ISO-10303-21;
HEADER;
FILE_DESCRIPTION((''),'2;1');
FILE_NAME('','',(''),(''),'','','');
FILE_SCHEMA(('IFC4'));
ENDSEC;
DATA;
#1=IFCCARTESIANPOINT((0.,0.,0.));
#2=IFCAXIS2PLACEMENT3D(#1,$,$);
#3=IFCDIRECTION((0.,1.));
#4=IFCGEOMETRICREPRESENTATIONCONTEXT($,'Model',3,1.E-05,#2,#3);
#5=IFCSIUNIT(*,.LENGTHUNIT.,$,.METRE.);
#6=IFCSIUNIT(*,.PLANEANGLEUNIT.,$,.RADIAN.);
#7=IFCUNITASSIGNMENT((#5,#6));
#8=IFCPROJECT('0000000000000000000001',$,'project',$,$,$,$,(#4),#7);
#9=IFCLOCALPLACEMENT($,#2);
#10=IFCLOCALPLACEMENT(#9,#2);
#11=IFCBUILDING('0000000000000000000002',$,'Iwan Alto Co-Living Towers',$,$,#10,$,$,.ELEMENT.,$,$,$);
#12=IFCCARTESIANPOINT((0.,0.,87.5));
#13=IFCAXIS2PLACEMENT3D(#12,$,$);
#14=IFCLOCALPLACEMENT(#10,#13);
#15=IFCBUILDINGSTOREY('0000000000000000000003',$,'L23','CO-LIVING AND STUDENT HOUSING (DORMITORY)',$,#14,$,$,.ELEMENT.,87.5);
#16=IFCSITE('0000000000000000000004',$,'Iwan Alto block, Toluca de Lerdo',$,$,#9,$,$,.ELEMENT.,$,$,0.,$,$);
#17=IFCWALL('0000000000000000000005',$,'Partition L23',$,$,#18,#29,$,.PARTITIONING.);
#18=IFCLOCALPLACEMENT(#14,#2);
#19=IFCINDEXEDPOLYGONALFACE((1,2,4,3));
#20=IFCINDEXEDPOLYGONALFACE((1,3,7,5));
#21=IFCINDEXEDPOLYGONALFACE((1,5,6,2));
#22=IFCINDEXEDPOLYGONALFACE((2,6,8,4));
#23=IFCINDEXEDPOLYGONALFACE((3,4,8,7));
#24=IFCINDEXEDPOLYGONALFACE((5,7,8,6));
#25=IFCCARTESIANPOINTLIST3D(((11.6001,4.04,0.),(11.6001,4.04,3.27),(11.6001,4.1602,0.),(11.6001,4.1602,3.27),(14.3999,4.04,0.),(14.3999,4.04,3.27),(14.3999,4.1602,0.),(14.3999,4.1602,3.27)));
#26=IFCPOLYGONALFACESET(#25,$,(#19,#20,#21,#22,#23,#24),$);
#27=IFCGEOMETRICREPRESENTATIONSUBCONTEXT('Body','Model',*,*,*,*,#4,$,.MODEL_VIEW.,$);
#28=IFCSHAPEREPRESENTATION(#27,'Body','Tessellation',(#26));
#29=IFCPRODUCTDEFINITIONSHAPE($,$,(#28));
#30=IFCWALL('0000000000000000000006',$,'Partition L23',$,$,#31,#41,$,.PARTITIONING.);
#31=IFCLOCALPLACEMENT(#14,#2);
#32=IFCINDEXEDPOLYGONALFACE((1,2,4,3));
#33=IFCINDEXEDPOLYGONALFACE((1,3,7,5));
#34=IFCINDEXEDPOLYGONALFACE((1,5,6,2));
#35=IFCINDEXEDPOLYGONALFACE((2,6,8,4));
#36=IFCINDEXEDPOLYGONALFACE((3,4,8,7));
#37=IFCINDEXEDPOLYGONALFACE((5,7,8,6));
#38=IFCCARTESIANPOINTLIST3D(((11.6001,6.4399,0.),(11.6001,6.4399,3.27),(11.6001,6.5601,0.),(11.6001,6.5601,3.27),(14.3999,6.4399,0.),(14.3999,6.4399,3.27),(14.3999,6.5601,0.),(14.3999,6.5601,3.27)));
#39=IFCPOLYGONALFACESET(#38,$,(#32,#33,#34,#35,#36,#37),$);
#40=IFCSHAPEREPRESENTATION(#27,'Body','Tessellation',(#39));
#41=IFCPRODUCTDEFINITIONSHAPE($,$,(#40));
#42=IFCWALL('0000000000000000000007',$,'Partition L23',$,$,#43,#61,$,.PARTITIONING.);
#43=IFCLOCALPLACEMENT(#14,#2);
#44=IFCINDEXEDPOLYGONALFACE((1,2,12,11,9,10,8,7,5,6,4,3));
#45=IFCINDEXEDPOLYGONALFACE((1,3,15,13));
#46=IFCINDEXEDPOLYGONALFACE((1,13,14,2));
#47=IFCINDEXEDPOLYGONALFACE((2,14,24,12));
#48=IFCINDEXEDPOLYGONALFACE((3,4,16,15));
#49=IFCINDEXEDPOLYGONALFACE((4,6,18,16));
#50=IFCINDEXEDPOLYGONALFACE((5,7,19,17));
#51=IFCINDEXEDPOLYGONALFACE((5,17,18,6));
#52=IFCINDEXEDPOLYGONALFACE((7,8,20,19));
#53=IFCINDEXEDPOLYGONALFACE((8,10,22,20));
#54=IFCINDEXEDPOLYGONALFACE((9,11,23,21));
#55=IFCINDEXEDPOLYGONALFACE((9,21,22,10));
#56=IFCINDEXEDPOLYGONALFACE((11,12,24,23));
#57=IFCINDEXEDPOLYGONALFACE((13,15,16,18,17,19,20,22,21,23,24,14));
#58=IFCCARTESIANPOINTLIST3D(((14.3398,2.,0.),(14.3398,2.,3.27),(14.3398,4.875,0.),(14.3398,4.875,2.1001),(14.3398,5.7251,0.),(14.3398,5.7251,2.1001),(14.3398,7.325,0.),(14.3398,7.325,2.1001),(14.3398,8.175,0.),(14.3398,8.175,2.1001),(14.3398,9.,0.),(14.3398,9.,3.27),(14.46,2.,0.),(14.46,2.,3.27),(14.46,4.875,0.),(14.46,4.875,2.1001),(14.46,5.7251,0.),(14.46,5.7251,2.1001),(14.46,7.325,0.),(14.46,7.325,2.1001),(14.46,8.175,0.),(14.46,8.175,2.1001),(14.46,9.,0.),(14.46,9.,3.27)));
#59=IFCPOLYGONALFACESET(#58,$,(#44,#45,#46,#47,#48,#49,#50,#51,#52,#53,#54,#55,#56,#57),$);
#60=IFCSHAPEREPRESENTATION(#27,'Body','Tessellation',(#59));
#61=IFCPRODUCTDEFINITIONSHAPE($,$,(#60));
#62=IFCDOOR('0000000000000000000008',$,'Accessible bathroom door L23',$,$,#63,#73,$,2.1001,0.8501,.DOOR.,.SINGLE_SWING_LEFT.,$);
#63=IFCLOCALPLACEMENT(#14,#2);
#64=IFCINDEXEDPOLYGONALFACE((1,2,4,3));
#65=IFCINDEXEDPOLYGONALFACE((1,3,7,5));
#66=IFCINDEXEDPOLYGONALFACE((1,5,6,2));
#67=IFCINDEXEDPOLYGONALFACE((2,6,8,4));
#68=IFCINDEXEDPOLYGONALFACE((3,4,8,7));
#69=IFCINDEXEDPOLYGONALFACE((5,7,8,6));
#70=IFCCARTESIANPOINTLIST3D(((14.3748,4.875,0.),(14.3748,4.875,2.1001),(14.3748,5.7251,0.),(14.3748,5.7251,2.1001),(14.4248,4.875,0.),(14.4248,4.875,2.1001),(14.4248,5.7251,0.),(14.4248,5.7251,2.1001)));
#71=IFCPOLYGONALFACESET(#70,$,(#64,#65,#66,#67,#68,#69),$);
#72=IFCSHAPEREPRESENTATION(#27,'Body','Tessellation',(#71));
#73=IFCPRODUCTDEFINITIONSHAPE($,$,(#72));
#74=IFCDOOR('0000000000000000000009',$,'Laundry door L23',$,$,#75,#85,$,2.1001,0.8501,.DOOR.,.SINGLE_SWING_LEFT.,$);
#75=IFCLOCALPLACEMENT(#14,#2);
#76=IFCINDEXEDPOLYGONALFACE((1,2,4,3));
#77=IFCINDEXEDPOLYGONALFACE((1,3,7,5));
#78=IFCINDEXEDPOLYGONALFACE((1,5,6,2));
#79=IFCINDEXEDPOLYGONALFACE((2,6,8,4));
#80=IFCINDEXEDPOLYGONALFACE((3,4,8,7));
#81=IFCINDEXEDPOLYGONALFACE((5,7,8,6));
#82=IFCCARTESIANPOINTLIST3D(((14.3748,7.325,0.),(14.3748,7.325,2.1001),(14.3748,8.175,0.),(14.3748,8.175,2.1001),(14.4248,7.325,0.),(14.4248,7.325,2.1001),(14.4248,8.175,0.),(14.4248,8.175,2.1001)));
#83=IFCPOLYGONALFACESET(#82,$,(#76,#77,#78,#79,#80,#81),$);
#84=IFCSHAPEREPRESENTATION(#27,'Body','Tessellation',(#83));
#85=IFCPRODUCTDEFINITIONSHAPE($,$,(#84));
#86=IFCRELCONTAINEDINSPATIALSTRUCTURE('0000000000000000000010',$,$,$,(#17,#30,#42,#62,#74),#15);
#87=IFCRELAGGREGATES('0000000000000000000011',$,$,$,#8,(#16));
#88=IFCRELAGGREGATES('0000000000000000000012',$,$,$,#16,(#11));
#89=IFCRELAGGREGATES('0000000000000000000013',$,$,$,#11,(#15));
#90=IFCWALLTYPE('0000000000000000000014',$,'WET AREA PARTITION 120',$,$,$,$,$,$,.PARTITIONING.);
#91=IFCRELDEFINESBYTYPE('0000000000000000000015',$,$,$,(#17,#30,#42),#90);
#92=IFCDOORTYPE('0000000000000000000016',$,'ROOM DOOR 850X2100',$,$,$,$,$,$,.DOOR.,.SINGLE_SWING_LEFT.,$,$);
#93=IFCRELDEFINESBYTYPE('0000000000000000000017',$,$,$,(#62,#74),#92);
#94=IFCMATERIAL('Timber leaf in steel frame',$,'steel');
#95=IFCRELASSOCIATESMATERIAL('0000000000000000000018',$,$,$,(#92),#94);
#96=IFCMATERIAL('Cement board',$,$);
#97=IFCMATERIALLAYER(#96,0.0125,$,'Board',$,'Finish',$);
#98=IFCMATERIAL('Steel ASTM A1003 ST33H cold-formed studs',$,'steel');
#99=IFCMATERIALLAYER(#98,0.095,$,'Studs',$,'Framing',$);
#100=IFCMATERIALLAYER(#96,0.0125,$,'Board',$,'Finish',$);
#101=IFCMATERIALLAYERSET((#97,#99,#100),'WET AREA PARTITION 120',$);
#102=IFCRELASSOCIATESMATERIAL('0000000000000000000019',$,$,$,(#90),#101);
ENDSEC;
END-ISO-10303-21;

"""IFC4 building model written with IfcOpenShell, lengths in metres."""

from ifc_helpers import new_model, si_unit, direction, frame, frame_2d, origin, place, context, subcontext, project, spatial, rectangle, extrude, material, layer, layer_set, type_object, element, fill, save


model = new_model("IFC4")

# Units and contexts
model_context = context("Model", 3, precision=1e-05, world=origin(), true_north=direction((0.0, 1.0)))
body_context = subcontext(model_context, "Body", "Model", "MODEL_VIEW")
ifc_project = project(units=[si_unit("LENGTHUNIT", "METRE"), si_unit("PLANEANGLEUNIT", "RADIAN")], contexts=[model_context])

# Site, building, storey
site_placement = place(None, origin())
site = spatial("IfcSite", under=ifc_project, at=site_placement, Name="Iwan Alto block, Toluca de Lerdo", CompositionType="ELEMENT", RefElevation=0.0)
building_placement = place(site_placement, origin())
building = spatial("IfcBuilding", under=site, at=building_placement, Name="Iwan Alto Co-Living Towers", CompositionType="ELEMENT")
storey_placement = place(building_placement, frame((0.0, 0.0, 87.5)))
storey = spatial("IfcBuildingStorey", under=building, at=storey_placement, Name="L23", Description="CO-LIVING AND STUDENT HOUSING (DORMITORY)", CompositionType="ELEMENT", Elevation=87.5)

# Shared definitions
ifc_material_1 = material(Name="Steel ASTM A1003 ST33H cold-formed studs", Category="steel")

# Shared definitions
ifc_material_2 = material(Name="Timber leaf in steel frame", Category="steel")
door_type_1 = type_object("IfcDoorType", Name="ROOM DOOR 850X2100", OperationType="SINGLE_SWING_LEFT", PredefinedType="DOOR", material=ifc_material_2)

# Shared definitions
ifc_material_3 = material(Name="Cement board")
ifc_layer_1 = layer(ifc_material_3, 0.0125, Name="Board", Category="Finish")
ifc_layer_2 = layer(ifc_material_1, 0.095, Name="Studs", Category="Framing")
ifc_layer_3 = layer(ifc_material_3, 0.0125, Name="Board", Category="Finish")
ifc_layer_set_1 = layer_set([ifc_layer_1, ifc_layer_2, ifc_layer_3], Name="WET AREA PARTITION 120")
wall_type_1 = type_object("IfcWallType", Name="WET AREA PARTITION 120", PredefinedType="PARTITIONING", material=ifc_layer_set_1)

# Walls
for number, where, z_axis, x_axis, name in (
    (1, (11.6001, 4.1001, 0.0), (0.0, 0.0, 1.0), (1.0, 0.0, 0.0), "Partition L23"),
    (2, (11.6001, 6.5, 0.0), (0.0, 0.0, 1.0), (1.0, 0.0, 0.0), "Partition L23"),
):
    element("IfcWall", number, at=place(storey_placement, frame(where, z_axis=z_axis, x_axis=x_axis)), inside=storey, type_object=wall_type_1, Name=name, PredefinedType="PARTITIONING", context=body_context, shape_type="SweptSolid", body=[
        extrude(rectangle(XDim=2.7998, YDim=0.1201, at=frame_2d((1.3999, 0.0))), origin(), (0.0, 0.0, 1.0), 3.27),
    ])

# Wall, openings, doors
wall_1_placement = place(storey_placement, frame((14.3999, 2.0, 0.0), z_axis=(0.0, 0.0, 1.0), x_axis=(0.0, 1.0, 0.0)))
wall_1 = element("IfcWall", 3, at=wall_1_placement, inside=storey, type_object=wall_type_1, Name="Partition L23", PredefinedType="PARTITIONING", context=body_context, shape_type="SweptSolid", body=[
    extrude(rectangle(XDim=7.0, YDim=0.1201, at=frame_2d((3.5, 0.0))), origin(), (0.0, 0.0, 1.0), 3.27),
])
opening_1_placement = place(wall_1_placement, frame((2.875, 0.0, 0.0)))
opening_1 = element("IfcOpeningElement", 4, at=opening_1_placement, cuts=wall_1, PredefinedType="OPENING", context=body_context, shape_type="SweptSolid", body=[
    extrude(rectangle(XDim=0.8501, YDim=2.1001, at=frame_2d((0.425, 1.05))), frame((0.0, 0.0701, 0.0), z_axis=(0.0, -1.0, 0.0), x_axis=(1.0, 0.0, 0.0)), (0.0, 0.0, 1.0), 0.1401),
])
opening_2_placement = place(wall_1_placement, frame((5.325, 0.0, 0.0)))
opening_2 = element("IfcOpeningElement", 5, at=opening_2_placement, cuts=wall_1, PredefinedType="OPENING", context=body_context, shape_type="SweptSolid", body=[
    extrude(rectangle(XDim=0.8501, YDim=2.1001, at=frame_2d((0.425, 1.05))), frame((0.0, 0.0701, 0.0), z_axis=(0.0, -1.0, 0.0), x_axis=(1.0, 0.0, 0.0)), (0.0, 0.0, 1.0), 0.1401),
])
door_1_placement = place(opening_1_placement, frame((0.8501, 0.0, 0.0), z_axis=(0.0, 0.0, 1.0), x_axis=(-1.0, 0.0, 0.0)))
door_1 = element("IfcDoor", 6, at=door_1_placement, inside=storey, type_object=door_type_1, Name="Accessible bathroom door L23", OperationType="SINGLE_SWING_LEFT", OverallHeight=2.1001, OverallWidth=0.8501, PredefinedType="DOOR", context=body_context, shape_type="SweptSolid", body=[
    extrude(rectangle(XDim=0.8501, YDim=2.1001, at=frame_2d((0.425, 1.05))), frame((0.0, 0.0249, 0.0), z_axis=(0.0, -1.0, 0.0), x_axis=(1.0, 0.0, 0.0)), (0.0, 0.0, 1.0), 0.05),
])
fill(opening_1, door_1)
door_2_placement = place(opening_2_placement, frame((0.8501, 0.0, 0.0), z_axis=(0.0, 0.0, 1.0), x_axis=(-1.0, 0.0, 0.0)))
door_2 = element("IfcDoor", 7, at=door_2_placement, inside=storey, type_object=door_type_1, Name="Laundry door L23", OperationType="SINGLE_SWING_LEFT", OverallHeight=2.1001, OverallWidth=0.8501, PredefinedType="DOOR", context=body_context, shape_type="SweptSolid", body=[
    extrude(rectangle(XDim=0.8501, YDim=2.1001, at=frame_2d((0.425, 1.05))), frame((0.0, 0.0249, 0.0), z_axis=(0.0, -1.0, 0.0), x_axis=(1.0, 0.0, 0.0)), (0.0, 0.0, 1.0), 0.05),
])
fill(opening_2, door_2)

save(model, "model.ifc")
